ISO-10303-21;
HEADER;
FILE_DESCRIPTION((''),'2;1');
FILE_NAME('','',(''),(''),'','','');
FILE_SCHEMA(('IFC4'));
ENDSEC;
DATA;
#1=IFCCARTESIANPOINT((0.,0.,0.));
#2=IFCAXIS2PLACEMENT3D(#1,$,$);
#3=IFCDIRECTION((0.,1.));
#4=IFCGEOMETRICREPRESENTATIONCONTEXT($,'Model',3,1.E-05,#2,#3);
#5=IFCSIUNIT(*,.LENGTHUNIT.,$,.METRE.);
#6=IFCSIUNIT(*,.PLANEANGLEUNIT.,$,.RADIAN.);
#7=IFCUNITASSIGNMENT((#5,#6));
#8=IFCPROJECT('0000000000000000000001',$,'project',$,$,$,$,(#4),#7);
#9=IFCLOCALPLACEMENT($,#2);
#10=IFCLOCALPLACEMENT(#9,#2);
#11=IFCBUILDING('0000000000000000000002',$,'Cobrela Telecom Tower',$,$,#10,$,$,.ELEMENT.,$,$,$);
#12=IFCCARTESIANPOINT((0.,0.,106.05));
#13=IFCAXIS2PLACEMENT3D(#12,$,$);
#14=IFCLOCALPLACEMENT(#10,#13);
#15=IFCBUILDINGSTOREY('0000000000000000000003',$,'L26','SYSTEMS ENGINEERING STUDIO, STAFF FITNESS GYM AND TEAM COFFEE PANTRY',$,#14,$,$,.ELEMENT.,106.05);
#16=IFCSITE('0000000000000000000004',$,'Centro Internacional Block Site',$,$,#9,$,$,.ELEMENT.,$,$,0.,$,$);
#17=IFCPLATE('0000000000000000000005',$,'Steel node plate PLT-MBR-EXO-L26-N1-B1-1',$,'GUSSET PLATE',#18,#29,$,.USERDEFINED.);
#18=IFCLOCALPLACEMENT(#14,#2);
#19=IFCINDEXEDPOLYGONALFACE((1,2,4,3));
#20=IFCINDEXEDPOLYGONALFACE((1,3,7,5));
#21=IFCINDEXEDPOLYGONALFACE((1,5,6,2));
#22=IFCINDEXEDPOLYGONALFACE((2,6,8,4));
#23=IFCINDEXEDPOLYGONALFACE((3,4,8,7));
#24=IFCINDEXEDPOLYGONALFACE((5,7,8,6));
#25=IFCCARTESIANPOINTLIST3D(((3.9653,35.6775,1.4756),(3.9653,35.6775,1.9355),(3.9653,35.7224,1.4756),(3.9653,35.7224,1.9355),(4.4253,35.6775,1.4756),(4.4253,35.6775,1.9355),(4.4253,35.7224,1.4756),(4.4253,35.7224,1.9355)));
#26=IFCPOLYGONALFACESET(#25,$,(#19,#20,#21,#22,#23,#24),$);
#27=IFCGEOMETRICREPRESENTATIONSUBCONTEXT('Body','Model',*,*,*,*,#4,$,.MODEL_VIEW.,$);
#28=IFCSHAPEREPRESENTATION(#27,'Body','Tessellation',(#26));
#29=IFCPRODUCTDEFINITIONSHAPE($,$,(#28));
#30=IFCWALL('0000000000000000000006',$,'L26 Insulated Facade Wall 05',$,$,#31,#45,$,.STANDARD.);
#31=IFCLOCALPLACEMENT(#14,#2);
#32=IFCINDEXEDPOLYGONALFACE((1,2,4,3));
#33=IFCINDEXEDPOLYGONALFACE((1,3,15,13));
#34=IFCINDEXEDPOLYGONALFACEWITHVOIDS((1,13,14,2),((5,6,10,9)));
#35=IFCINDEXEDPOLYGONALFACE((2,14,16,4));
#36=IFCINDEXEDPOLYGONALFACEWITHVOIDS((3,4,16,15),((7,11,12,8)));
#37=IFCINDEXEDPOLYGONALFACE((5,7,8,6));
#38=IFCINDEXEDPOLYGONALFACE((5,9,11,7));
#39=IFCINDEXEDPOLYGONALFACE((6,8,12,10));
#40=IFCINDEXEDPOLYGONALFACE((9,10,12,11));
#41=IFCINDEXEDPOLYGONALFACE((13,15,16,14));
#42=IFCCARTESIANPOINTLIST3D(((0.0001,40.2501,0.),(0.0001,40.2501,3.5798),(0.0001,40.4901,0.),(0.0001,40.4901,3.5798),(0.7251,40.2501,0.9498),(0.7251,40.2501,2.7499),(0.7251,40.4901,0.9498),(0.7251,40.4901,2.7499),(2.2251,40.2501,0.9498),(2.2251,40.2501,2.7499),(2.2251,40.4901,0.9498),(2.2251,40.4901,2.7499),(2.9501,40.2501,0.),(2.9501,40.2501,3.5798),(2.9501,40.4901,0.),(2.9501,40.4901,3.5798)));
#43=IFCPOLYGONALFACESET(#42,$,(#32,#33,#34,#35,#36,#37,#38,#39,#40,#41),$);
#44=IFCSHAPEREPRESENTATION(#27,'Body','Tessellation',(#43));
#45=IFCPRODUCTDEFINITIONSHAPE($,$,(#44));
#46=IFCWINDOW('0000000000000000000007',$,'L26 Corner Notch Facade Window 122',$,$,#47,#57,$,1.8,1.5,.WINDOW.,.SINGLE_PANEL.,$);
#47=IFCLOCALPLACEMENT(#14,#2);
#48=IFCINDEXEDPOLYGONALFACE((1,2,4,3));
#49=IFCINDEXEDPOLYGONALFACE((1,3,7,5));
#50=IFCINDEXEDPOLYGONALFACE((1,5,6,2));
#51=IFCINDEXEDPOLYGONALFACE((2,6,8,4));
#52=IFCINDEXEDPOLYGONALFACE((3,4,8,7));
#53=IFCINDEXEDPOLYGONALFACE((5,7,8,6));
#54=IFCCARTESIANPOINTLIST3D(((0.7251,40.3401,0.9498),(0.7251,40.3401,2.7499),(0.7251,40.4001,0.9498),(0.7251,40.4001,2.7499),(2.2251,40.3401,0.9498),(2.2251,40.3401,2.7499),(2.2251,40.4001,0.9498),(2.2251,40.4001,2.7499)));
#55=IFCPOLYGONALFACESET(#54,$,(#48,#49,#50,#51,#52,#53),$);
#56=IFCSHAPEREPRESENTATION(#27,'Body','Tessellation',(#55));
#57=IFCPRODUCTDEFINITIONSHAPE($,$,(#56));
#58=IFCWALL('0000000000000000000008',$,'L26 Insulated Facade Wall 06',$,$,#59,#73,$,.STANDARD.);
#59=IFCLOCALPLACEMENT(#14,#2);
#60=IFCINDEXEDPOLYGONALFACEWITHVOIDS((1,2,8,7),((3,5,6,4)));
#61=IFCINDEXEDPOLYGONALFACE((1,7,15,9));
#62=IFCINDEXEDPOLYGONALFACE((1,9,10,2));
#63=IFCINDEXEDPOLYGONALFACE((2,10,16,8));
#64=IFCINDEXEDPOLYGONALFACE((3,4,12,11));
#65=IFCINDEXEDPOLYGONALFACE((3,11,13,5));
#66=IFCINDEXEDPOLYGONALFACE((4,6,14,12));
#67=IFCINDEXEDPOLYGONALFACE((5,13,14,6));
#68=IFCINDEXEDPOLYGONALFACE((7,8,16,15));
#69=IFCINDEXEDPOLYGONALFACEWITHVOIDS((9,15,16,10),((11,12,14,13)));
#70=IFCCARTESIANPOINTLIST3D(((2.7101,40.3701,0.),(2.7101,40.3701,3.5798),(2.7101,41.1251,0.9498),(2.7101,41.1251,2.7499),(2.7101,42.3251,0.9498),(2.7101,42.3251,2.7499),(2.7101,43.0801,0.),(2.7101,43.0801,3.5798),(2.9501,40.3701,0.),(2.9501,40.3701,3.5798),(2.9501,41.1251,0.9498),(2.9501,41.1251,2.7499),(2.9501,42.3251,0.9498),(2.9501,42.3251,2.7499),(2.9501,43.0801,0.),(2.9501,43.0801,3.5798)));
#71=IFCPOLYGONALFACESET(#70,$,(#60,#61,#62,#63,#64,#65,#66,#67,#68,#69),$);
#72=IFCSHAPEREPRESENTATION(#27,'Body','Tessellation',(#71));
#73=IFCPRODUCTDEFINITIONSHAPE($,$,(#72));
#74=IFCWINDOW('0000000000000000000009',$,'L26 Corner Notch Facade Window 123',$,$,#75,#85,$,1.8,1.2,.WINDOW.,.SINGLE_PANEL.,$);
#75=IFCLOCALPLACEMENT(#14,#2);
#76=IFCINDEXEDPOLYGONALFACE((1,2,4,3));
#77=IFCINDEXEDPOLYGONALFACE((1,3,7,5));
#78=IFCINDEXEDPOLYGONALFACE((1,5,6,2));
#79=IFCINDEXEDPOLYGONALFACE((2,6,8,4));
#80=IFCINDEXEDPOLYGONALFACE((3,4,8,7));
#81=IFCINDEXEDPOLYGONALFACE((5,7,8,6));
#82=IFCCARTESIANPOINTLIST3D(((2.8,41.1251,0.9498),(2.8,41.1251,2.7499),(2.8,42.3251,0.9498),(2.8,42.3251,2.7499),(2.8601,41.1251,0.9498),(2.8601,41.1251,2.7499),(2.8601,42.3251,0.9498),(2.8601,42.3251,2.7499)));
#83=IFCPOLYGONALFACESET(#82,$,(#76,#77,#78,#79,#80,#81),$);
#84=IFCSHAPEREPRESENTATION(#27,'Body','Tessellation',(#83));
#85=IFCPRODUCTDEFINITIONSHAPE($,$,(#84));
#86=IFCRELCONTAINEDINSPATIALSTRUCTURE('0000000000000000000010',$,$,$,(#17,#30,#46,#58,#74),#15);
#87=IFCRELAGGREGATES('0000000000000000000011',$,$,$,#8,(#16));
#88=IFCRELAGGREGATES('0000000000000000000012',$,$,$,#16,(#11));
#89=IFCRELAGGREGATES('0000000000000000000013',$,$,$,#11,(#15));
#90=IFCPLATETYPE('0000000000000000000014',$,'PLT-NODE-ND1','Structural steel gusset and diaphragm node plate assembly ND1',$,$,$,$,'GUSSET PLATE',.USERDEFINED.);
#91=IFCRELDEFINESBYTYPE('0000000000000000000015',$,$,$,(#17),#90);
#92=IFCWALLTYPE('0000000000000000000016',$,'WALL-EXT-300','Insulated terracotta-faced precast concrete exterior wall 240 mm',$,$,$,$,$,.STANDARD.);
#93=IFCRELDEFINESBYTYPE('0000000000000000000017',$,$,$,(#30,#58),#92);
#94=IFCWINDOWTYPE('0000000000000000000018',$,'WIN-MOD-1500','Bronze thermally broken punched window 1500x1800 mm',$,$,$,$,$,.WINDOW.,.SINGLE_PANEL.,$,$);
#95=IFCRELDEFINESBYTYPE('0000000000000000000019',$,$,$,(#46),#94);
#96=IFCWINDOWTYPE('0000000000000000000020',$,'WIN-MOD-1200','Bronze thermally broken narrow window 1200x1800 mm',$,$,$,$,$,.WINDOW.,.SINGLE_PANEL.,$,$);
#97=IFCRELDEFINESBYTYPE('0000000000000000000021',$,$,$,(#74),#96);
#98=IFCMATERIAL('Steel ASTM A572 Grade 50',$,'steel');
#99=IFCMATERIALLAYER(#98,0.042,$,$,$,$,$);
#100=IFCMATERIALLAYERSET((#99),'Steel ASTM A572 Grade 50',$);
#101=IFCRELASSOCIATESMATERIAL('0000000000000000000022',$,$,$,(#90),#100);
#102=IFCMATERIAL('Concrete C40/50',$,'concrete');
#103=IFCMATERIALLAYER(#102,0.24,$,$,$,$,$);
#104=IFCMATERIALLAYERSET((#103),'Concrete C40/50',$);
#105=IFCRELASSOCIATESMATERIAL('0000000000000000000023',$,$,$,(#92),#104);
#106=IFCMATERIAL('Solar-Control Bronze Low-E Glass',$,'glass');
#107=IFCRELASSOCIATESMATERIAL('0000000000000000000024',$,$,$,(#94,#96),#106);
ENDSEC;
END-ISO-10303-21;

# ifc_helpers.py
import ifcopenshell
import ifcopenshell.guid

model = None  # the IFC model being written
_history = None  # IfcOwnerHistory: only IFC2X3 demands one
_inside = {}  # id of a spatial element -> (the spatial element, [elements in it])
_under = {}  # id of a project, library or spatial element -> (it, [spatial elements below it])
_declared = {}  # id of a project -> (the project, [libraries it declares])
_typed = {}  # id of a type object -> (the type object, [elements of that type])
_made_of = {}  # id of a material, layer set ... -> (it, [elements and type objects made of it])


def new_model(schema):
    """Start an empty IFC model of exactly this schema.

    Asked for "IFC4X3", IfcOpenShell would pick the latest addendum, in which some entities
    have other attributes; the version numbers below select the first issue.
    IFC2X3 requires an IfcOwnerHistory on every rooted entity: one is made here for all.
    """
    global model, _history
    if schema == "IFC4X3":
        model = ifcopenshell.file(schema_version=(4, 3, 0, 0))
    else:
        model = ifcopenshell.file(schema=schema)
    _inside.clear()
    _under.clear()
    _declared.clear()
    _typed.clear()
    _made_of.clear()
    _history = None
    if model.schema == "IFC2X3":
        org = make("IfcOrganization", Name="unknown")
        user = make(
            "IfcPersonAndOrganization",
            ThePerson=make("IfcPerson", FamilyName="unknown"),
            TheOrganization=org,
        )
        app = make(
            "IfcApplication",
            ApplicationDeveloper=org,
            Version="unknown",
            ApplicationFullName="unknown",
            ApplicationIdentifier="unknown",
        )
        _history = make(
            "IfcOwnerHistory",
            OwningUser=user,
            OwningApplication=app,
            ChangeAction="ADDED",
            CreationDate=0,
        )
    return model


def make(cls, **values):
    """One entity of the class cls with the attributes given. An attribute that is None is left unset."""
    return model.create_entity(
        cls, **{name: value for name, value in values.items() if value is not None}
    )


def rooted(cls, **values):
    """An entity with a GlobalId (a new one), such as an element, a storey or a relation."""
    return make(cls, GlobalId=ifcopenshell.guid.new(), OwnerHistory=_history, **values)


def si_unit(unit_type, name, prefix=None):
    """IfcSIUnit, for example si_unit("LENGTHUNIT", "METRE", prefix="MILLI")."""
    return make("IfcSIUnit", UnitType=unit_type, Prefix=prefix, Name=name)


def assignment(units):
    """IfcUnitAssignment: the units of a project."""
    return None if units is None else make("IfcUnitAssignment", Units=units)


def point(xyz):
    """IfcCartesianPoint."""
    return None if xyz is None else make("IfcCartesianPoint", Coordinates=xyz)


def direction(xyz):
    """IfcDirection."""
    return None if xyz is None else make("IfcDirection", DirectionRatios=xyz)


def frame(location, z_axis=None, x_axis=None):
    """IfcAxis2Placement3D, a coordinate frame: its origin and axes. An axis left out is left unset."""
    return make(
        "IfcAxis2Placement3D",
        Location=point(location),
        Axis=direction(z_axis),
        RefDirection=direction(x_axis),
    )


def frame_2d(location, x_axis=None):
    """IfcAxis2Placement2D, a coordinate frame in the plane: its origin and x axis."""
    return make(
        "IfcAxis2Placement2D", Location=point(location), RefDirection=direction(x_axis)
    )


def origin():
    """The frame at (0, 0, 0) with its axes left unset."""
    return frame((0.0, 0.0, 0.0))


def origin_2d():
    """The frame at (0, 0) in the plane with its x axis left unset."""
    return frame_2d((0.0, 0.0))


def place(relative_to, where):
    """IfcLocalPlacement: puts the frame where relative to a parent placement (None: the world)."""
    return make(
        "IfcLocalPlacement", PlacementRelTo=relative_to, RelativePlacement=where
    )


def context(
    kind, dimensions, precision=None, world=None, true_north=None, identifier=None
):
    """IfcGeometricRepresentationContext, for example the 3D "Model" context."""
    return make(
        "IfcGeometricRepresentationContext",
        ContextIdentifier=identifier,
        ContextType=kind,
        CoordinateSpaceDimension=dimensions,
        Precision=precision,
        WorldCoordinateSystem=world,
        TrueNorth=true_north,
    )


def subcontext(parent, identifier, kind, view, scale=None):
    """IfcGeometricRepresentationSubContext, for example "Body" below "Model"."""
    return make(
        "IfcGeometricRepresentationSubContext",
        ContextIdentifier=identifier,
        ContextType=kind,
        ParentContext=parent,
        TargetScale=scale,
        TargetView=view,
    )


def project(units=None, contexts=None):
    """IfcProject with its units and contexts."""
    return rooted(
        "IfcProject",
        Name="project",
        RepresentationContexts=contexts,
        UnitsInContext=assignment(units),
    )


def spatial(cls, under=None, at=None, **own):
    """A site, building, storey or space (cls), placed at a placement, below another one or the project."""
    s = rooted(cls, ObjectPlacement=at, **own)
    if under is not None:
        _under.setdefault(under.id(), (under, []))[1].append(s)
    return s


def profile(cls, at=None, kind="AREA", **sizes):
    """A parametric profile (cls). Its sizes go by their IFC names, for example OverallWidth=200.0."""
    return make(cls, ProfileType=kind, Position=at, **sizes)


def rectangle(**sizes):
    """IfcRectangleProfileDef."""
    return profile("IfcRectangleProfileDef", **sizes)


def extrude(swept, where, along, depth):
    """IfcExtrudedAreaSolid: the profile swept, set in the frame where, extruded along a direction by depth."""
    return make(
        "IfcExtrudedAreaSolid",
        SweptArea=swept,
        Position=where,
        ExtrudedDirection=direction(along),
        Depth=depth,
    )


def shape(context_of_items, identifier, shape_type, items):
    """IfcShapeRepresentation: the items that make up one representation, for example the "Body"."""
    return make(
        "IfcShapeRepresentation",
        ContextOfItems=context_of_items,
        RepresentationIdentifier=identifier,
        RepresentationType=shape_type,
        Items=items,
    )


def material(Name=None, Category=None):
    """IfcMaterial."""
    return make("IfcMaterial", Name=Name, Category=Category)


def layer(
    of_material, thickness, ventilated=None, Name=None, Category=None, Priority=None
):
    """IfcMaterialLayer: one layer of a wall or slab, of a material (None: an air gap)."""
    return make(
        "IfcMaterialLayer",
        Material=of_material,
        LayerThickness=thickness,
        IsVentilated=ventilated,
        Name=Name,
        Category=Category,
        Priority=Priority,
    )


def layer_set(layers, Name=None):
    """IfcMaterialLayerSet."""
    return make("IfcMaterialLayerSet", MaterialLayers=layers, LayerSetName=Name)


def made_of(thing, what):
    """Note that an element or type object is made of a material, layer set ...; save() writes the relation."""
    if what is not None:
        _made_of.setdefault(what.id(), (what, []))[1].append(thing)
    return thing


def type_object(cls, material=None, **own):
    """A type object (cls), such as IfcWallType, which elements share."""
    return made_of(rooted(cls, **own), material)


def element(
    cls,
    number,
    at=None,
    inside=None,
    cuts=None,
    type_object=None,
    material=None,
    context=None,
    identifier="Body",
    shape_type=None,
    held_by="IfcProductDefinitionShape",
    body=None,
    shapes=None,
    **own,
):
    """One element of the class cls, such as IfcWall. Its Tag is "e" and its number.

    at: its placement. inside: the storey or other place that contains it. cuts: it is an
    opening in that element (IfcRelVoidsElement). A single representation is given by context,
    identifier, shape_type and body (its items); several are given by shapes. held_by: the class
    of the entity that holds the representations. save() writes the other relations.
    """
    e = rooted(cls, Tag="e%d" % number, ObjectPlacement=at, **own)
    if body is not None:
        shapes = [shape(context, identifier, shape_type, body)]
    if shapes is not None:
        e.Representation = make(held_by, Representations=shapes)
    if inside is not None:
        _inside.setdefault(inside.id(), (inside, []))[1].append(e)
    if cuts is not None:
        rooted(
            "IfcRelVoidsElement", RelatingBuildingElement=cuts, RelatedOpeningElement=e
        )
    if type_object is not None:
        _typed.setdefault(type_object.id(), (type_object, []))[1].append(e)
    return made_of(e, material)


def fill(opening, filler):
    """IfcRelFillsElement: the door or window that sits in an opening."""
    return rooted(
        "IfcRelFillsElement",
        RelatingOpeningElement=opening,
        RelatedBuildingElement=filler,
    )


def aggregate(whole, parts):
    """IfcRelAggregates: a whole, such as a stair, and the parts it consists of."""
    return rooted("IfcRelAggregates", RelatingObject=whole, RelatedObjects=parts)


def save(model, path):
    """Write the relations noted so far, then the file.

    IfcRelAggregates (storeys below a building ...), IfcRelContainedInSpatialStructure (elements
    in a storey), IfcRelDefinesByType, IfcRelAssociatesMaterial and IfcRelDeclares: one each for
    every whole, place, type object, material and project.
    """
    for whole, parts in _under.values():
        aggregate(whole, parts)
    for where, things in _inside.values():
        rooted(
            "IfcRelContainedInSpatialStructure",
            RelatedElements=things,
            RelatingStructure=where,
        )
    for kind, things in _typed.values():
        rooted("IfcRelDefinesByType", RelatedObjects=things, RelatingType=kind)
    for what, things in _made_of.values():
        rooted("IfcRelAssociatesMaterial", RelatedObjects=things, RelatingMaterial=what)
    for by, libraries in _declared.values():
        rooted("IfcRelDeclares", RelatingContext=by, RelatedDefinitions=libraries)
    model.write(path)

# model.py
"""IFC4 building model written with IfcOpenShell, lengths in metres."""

from ifc_helpers import new_model, si_unit, direction, frame, frame_2d, origin, origin_2d, place, context, subcontext, project, spatial, rectangle, extrude, material, layer, layer_set, type_object, element, fill, save


model = new_model("IFC4")

# Units and contexts
model_context = context("Model", 3, precision=1e-05, world=origin(), true_north=direction((0.0, 1.0)))
body_context = subcontext(model_context, "Body", "Model", "MODEL_VIEW")
ifc_project = project(units=[si_unit("LENGTHUNIT", "METRE"), si_unit("PLANEANGLEUNIT", "RADIAN")], contexts=[model_context])

# Site, building, storey
site_placement = place(None, origin())
site = spatial("IfcSite", under=ifc_project, at=site_placement, Name="Centro Internacional Block Site", CompositionType="ELEMENT", RefElevation=0.0)
building_placement = place(site_placement, origin())
building = spatial("IfcBuilding", under=site, at=building_placement, Name="Cobrela Telecom Tower", CompositionType="ELEMENT")
storey_placement = place(building_placement, frame((0.0, 0.0, 106.05)))
storey = spatial("IfcBuildingStorey", under=building, at=storey_placement, Name="L26", Description="SYSTEMS ENGINEERING STUDIO, STAFF FITNESS GYM AND TEAM COFFEE PANTRY", CompositionType="ELEMENT", Elevation=106.05)

# Shared definitions
ifc_material_1 = material(Name="Steel ASTM A572 Grade 50", Category="steel")

# Shared definitions
ifc_material_2 = material(Name="Solar-Control Bronze Low-E Glass", Category="glass")

# Plate
ifc_layer_1 = layer(ifc_material_1, 0.042)
ifc_layer_set_1 = layer_set([ifc_layer_1], Name="Steel ASTM A572 Grade 50")
plate_type_1 = type_object("IfcPlateType", Name="PLT-NODE-ND1", Description="Structural steel gusset and diaphragm node plate assembly ND1", ElementType="GUSSET PLATE", PredefinedType="USERDEFINED", material=ifc_layer_set_1)
for number, where, z_axis, x_axis, name in (
    (1, (4.1953, 35.7, 1.4756), (0.0, 0.0, 1.0), (-1.0, 0.0, 0.0), "Steel node plate PLT-MBR-EXO-L26-N1-B1-1"),
):
    element("IfcPlate", number, at=place(storey_placement, frame(where, z_axis=z_axis, x_axis=x_axis)), inside=storey, type_object=plate_type_1, Name=name, ObjectType="GUSSET PLATE", PredefinedType="USERDEFINED", context=body_context, shape_type="SweptSolid", body=[
        extrude(rectangle(XDim=0.46, YDim=0.0449, at=origin_2d()), origin(), (0.0, 0.0, 1.0), 0.46),
    ])

# Walls, openings, windows
ifc_material_3 = material(Name="Concrete C40/50", Category="concrete")
ifc_layer_2 = layer(ifc_material_3, 0.24)
ifc_layer_set_2 = layer_set([ifc_layer_2], Name="Concrete C40/50")
wall_type = type_object("IfcWallType", Name="WALL-EXT-300", Description="Insulated terracotta-faced precast concrete exterior wall 240 mm", PredefinedType="STANDARD", material=ifc_layer_set_2)
wall_1_placement = place(storey_placement, frame((0.0, 40.3701, 0.0), z_axis=(0.0, 0.0, 1.0), x_axis=(1.0, 0.0, 0.0)))
wall_1 = element("IfcWall", 2, at=wall_1_placement, inside=storey, type_object=wall_type, Name="L26 Insulated Facade Wall 05", PredefinedType="STANDARD", context=body_context, shape_type="SweptSolid", body=[
    extrude(rectangle(XDim=2.95, YDim=0.24, at=frame_2d((1.4751, 0.0))), origin(), (0.0, 0.0, 1.0), 3.5798),
])
opening_1_placement = place(wall_1_placement, frame((0.7251, 0.0, 0.95)))
opening_1 = element("IfcOpeningElement", 3, at=opening_1_placement, cuts=wall_1, PredefinedType="OPENING", context=body_context, shape_type="SweptSolid", body=[
    extrude(rectangle(XDim=1.5, YDim=1.8, at=frame_2d((0.75, 0.8999))), frame((0.0, 0.1318, 0.0), z_axis=(0.0, -1.0, 0.0), x_axis=(1.0, 0.0, 0.0)), (0.0, 0.0, 1.0), 0.2639),
])
window_type_1 = type_object("IfcWindowType", Name="WIN-MOD-1500", Description="Bronze thermally broken punched window 1500x1800 mm", PartitioningType="SINGLE_PANEL", PredefinedType="WINDOW", material=ifc_material_2)
window_1_placement = place(opening_1_placement, origin())
window_1 = element("IfcWindow", 4, at=window_1_placement, inside=storey, type_object=window_type_1, Name="L26 Corner Notch Facade Window 122", OverallHeight=1.8, OverallWidth=1.5, PartitioningType="SINGLE_PANEL", PredefinedType="WINDOW", context=body_context, shape_type="SweptSolid", body=[
    extrude(rectangle(XDim=1.5, YDim=1.8, at=frame_2d((0.75, 0.8999))), frame((0.0, 0.03, 0.0), z_axis=(0.0, -1.0, 0.0), x_axis=(1.0, 0.0, 0.0)), (0.0, 0.0, 1.0), 0.0601),
])
fill(opening_1, window_1)
wall_2_placement = place(storey_placement, frame((2.8301, 40.3701, 0.0), z_axis=(0.0, 0.0, 1.0), x_axis=(0.0, 1.0, 0.0)))
wall_2 = element("IfcWall", 5, at=wall_2_placement, inside=storey, type_object=wall_type, Name="L26 Insulated Facade Wall 06", PredefinedType="STANDARD", context=body_context, shape_type="SweptSolid", body=[
    extrude(rectangle(XDim=2.71, YDim=0.24, at=frame_2d((1.355, 0.0))), origin(), (0.0, 0.0, 1.0), 3.5798),
])
opening_2_placement = place(wall_2_placement, frame((0.7549, 0.0, 0.95)))
opening_2 = element("IfcOpeningElement", 6, at=opening_2_placement, cuts=wall_2, PredefinedType="OPENING", context=body_context, shape_type="SweptSolid", body=[
    extrude(rectangle(XDim=1.2, YDim=1.8, at=frame_2d((0.6001, 0.8999))), frame((0.0, 0.1318, 0.0), z_axis=(0.0, -1.0, 0.0), x_axis=(1.0, 0.0, 0.0)), (0.0, 0.0, 1.0), 0.2639),
])
window_type_2 = type_object("IfcWindowType", Name="WIN-MOD-1200", Description="Bronze thermally broken narrow window 1200x1800 mm", PartitioningType="SINGLE_PANEL", PredefinedType="WINDOW", material=ifc_material_2)
window_2_placement = place(opening_2_placement, origin())
window_2 = element("IfcWindow", 7, at=window_2_placement, inside=storey, type_object=window_type_2, Name="L26 Corner Notch Facade Window 123", OverallHeight=1.8, OverallWidth=1.2, PartitioningType="SINGLE_PANEL", PredefinedType="WINDOW", context=body_context, shape_type="SweptSolid", body=[
    extrude(rectangle(XDim=1.2, YDim=1.8, at=frame_2d((0.6001, 0.8999))), frame((0.0, 0.03, 0.0), z_axis=(0.0, -1.0, 0.0), x_axis=(1.0, 0.0, 0.0)), (0.0, 0.0, 1.0), 0.0601),
])
fill(opening_2, window_2)

save(model, "model.ifc")
